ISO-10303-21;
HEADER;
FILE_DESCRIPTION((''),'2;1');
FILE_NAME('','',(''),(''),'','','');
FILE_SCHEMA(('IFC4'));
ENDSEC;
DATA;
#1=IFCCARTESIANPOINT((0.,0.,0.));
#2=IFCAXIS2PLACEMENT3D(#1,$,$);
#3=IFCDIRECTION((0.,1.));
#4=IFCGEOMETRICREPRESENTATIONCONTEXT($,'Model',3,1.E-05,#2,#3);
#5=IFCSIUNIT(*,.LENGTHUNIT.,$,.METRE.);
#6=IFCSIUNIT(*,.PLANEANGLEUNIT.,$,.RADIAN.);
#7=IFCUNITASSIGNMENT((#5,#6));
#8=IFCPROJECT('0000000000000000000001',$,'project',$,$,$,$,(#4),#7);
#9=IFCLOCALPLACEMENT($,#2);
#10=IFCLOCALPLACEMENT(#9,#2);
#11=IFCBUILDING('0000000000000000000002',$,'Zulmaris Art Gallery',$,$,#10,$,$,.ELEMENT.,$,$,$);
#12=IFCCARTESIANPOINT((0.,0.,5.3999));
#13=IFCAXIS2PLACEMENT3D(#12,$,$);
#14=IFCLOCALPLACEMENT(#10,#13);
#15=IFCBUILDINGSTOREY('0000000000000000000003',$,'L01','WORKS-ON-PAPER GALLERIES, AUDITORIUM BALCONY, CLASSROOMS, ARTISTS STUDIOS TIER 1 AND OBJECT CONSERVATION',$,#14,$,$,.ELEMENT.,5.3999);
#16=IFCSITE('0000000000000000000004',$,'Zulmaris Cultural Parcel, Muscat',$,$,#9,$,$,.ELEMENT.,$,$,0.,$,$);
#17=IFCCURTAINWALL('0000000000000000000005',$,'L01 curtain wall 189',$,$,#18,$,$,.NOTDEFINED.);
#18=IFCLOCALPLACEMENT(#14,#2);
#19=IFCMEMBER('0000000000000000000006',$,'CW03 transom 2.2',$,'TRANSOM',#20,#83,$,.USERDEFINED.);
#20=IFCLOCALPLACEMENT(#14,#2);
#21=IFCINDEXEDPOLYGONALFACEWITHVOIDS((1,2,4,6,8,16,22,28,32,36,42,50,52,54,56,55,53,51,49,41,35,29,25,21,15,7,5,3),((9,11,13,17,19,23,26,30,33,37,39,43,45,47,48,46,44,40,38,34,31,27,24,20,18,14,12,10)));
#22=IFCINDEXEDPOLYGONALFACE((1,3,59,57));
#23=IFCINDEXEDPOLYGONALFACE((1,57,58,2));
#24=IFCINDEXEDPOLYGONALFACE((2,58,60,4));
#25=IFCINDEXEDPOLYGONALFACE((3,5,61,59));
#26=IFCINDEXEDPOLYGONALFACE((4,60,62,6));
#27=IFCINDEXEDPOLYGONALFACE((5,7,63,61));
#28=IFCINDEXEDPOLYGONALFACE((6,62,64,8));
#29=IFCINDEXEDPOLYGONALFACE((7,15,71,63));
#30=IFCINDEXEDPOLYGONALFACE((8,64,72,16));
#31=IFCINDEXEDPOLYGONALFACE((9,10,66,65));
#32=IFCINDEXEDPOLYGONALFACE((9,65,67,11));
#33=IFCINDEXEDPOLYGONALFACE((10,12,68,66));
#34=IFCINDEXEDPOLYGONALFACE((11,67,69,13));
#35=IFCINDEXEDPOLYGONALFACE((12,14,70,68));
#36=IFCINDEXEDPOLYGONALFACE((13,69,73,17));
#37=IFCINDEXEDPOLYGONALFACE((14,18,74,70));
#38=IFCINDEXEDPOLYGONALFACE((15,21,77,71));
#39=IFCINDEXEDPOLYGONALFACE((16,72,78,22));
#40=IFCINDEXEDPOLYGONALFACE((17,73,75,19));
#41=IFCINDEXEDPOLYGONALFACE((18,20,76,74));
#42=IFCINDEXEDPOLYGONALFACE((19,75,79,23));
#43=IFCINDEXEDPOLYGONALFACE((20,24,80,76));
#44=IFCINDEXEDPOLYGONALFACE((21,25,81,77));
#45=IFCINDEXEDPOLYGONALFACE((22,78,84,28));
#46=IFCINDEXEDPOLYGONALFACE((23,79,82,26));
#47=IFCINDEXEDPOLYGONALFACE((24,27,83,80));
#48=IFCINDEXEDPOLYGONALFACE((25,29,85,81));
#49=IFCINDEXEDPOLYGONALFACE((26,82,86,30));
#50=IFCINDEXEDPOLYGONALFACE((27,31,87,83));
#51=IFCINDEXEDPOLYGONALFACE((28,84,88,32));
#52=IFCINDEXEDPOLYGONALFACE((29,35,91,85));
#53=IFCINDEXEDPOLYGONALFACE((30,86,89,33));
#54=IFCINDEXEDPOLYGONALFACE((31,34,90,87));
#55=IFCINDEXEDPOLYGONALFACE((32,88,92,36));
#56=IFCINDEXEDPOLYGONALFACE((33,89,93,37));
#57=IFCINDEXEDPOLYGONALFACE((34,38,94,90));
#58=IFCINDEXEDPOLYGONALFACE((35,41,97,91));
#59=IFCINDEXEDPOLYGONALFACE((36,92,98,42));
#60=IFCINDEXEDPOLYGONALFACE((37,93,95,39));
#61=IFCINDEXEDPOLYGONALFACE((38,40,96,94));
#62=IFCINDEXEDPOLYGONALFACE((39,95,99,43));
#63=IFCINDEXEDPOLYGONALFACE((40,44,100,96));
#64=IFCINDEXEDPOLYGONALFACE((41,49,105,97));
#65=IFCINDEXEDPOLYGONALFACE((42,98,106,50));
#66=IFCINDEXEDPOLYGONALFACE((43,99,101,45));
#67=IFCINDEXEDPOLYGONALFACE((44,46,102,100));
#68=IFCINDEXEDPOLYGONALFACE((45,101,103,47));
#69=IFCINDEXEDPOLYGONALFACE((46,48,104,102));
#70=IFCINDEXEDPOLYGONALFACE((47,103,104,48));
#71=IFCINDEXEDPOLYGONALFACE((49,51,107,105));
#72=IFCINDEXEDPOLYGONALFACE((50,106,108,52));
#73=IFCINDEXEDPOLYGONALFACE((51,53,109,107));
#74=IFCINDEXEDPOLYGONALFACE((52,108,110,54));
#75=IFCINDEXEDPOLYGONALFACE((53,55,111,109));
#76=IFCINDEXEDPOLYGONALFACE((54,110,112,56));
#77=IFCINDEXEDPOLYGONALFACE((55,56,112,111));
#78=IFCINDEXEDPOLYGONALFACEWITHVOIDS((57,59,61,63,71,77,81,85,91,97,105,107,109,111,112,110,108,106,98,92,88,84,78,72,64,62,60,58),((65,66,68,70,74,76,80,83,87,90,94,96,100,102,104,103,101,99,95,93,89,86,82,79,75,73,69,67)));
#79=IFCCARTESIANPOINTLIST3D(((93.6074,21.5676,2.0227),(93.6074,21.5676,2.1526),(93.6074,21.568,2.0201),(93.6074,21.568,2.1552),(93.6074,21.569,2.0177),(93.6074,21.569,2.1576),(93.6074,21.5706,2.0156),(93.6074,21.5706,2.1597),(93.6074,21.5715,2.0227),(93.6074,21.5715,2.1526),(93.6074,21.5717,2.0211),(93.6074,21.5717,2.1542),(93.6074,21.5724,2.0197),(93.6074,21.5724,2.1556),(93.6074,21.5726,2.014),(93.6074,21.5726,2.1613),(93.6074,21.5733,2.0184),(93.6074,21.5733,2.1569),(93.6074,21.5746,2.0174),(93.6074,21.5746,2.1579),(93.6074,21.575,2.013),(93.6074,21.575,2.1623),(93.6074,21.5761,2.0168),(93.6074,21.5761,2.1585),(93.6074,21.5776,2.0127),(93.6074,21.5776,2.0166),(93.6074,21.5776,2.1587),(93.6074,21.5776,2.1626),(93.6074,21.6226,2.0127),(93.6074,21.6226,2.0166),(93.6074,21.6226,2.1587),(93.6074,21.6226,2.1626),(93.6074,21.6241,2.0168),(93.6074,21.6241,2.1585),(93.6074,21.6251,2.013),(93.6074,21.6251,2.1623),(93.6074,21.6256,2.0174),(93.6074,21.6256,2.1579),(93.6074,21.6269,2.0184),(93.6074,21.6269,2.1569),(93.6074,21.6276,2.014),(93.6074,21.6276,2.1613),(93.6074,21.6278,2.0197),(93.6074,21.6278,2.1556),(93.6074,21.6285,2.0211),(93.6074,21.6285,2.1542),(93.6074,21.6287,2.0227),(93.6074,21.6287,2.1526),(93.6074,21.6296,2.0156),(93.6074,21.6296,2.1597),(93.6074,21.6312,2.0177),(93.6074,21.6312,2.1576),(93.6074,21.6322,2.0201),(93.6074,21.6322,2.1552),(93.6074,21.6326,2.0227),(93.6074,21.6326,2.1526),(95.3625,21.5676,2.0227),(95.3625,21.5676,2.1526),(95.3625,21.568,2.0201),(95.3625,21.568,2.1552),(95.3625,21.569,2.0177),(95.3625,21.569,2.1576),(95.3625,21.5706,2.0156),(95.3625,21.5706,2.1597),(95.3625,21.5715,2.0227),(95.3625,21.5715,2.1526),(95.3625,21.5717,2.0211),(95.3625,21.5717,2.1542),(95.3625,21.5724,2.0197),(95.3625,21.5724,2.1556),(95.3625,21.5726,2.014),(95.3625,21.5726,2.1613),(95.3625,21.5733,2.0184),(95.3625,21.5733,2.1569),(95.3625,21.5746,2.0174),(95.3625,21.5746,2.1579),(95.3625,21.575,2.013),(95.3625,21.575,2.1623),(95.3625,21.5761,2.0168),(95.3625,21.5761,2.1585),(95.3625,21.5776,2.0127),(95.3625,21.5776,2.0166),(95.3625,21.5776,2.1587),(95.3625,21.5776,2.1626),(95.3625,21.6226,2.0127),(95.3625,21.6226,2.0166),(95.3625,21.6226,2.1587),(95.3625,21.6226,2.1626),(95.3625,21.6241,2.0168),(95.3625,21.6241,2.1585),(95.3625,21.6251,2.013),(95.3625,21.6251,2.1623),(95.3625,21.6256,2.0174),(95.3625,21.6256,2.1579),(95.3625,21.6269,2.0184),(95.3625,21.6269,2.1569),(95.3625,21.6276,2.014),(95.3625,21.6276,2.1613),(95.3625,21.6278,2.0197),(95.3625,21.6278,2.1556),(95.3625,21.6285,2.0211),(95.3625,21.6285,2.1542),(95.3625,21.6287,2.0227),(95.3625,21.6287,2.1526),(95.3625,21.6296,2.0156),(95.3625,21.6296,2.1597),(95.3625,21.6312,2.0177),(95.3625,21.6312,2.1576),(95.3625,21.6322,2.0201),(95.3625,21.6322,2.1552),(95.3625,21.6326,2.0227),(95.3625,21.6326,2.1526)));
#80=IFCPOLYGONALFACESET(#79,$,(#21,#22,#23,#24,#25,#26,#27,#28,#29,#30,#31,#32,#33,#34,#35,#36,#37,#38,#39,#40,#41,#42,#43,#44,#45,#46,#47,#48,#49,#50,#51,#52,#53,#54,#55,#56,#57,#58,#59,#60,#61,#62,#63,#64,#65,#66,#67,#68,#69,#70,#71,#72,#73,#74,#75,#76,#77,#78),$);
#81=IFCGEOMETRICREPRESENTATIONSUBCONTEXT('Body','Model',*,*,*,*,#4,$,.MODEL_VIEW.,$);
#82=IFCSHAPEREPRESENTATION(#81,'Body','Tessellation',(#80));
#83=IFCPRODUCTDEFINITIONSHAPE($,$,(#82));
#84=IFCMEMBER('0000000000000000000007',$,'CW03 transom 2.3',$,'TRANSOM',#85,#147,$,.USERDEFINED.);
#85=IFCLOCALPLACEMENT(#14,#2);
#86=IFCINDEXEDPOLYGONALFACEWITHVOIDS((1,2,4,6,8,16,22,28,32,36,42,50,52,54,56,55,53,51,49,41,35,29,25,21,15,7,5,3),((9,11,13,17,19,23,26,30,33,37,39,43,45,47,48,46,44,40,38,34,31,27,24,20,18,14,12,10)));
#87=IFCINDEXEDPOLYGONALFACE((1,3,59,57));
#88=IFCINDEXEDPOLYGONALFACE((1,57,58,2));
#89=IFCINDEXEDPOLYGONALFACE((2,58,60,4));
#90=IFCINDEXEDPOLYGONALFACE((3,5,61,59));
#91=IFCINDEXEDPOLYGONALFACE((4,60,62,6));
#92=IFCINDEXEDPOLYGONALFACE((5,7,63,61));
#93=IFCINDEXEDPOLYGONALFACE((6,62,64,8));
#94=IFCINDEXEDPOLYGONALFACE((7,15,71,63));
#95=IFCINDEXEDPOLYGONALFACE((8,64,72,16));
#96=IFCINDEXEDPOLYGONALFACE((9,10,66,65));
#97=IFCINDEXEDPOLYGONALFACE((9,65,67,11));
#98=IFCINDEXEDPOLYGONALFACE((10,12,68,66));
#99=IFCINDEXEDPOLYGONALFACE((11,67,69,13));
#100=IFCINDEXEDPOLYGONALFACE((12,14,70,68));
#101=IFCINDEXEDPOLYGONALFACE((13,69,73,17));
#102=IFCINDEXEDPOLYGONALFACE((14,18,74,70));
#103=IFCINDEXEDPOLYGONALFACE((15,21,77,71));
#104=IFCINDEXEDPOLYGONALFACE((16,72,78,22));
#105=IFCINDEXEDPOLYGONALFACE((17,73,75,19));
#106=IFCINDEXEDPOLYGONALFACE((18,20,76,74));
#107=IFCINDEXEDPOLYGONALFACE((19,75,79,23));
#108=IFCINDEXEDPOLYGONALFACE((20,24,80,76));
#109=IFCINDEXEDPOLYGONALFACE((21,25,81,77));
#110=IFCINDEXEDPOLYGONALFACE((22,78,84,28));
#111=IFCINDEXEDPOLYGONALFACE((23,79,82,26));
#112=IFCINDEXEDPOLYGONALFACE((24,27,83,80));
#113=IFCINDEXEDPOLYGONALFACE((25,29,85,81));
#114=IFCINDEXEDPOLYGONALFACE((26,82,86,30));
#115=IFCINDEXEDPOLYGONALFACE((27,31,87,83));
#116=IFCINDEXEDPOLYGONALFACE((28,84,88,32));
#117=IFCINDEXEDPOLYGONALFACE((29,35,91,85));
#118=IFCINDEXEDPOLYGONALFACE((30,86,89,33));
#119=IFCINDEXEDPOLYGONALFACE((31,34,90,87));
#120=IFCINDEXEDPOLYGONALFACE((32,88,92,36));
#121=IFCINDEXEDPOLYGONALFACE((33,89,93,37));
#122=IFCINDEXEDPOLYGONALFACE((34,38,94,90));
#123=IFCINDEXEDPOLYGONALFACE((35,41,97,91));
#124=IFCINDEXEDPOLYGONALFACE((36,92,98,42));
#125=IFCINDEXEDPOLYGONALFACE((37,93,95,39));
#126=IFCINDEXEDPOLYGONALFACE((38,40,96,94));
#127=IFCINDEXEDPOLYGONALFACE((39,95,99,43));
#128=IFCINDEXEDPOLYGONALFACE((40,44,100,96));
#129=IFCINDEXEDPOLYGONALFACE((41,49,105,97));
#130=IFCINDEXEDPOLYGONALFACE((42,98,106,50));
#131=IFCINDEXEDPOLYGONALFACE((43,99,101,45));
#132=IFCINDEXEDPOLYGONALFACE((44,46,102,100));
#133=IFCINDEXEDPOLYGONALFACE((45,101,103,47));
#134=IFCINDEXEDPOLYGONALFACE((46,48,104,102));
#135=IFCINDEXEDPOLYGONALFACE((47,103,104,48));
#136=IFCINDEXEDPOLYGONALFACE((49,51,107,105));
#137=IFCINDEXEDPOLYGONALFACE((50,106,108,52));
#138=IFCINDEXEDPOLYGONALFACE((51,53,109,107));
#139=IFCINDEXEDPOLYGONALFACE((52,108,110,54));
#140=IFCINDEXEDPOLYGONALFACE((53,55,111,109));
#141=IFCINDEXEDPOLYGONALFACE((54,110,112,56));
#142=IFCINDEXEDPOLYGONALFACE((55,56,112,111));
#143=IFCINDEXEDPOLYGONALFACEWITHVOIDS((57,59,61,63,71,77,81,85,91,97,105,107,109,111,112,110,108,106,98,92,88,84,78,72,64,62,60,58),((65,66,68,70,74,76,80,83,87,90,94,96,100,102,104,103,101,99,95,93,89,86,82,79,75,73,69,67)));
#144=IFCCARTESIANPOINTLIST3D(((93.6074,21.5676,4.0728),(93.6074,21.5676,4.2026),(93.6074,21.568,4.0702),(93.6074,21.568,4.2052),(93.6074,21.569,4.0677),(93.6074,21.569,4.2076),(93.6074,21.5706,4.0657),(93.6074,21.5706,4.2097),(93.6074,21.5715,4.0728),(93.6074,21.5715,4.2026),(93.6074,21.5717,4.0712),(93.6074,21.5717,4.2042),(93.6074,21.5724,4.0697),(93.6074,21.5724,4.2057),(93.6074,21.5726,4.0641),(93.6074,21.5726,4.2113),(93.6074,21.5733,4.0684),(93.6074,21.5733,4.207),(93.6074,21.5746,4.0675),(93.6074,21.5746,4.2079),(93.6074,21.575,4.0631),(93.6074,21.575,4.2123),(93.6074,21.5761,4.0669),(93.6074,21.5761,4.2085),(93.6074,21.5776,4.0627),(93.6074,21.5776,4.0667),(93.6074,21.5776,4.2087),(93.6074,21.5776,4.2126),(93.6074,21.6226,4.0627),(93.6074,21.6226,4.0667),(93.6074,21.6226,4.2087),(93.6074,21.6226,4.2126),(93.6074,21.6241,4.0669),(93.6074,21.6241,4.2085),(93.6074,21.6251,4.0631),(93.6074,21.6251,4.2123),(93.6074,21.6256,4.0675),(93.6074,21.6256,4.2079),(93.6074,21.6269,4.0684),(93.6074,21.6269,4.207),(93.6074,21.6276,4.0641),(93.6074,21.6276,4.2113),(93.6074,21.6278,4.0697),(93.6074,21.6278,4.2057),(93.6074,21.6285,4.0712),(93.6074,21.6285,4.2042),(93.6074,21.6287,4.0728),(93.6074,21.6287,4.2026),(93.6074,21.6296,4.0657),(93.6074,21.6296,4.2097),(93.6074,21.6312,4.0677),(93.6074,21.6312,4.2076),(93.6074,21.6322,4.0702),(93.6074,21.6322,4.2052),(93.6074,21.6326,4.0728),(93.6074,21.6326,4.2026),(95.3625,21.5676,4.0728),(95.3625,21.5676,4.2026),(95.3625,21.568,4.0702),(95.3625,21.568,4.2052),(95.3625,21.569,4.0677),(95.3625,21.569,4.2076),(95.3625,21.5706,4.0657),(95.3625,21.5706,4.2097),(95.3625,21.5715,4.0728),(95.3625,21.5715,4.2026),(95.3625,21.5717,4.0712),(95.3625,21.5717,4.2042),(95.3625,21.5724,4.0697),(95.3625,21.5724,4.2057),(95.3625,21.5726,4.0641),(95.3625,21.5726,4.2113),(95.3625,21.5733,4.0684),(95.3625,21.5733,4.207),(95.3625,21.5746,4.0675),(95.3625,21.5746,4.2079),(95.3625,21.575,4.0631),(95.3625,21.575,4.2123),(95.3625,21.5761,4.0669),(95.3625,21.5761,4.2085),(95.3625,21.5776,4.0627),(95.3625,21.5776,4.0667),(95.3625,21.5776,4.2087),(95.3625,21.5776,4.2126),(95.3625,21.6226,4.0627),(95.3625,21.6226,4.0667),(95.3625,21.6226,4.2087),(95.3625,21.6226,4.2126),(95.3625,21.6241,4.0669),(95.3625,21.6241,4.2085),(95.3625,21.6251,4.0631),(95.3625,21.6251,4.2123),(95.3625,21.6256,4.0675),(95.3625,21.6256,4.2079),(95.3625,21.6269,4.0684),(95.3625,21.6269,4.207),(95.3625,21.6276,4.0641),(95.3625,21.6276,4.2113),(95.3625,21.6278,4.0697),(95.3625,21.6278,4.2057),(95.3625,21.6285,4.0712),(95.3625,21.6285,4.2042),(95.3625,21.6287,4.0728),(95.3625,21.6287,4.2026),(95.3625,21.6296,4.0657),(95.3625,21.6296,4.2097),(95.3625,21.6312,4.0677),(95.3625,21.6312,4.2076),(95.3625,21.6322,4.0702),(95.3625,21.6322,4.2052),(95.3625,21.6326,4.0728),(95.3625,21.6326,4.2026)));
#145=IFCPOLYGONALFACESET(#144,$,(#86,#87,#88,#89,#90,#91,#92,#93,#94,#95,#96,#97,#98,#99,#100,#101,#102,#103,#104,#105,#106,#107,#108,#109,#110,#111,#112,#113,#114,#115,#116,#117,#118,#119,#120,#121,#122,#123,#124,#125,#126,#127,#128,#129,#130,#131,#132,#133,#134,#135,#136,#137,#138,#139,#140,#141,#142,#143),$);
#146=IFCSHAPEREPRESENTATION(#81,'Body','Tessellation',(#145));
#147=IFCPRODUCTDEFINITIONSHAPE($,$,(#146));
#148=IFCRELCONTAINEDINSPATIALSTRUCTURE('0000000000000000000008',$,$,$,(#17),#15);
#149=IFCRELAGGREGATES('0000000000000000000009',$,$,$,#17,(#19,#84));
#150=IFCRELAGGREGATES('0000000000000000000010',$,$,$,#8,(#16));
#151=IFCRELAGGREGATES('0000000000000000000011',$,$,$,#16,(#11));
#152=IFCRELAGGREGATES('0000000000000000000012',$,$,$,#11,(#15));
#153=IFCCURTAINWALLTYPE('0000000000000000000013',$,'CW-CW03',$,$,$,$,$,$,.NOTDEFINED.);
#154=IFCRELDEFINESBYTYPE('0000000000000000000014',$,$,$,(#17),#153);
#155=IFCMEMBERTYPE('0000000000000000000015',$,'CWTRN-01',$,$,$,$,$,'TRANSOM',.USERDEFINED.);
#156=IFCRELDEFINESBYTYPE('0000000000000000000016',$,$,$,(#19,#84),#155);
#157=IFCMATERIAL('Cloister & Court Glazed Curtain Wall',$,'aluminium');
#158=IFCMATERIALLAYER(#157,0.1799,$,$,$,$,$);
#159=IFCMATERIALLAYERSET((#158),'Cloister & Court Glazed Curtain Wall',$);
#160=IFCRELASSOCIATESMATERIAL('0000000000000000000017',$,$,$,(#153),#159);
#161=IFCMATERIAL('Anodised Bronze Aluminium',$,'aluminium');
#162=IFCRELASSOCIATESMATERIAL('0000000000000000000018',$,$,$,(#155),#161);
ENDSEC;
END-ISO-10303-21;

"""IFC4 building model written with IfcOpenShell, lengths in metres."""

from ifc_helpers import new_model, si_unit, direction, frame, origin, origin_2d, place, context, subcontext, project, spatial, hollow_rectangle, extrude, material, layer, layer_set, material_profile, profile_set, type_object, element, aggregate, save


model = new_model("IFC4")

# Units and contexts
model_context = context("Model", 3, precision=1e-05, world=origin(), true_north=direction((0.0, 1.0)))
body_context = subcontext(model_context, "Body", "Model", "MODEL_VIEW")
ifc_project = project(units=[si_unit("LENGTHUNIT", "METRE"), si_unit("PLANEANGLEUNIT", "RADIAN")], contexts=[model_context])

# Site, building, storey
site_placement = place(None, origin())
site = spatial("IfcSite", under=ifc_project, at=site_placement, Name="Zulmaris Cultural Parcel, Muscat", CompositionType="ELEMENT", RefElevation=0.0)
building_placement = place(site_placement, origin())
building = spatial("IfcBuilding", under=site, at=building_placement, Name="Zulmaris Art Gallery", CompositionType="ELEMENT")
storey_placement = place(building_placement, frame((0.0, 0.0, 5.3999)))
storey = spatial("IfcBuildingStorey", under=building, at=storey_placement, Name="L01", Description="WORKS-ON-PAPER GALLERIES, AUDITORIUM BALCONY, CLASSROOMS, ARTISTS STUDIOS TIER 1 AND OBJECT CONSERVATION", CompositionType="ELEMENT", Elevation=5.3999)

# Curtain wall, members
ifc_material_1 = material(Name="Cloister & Court Glazed Curtain Wall", Category="aluminium")
ifc_layer_1 = layer(ifc_material_1, 0.1799)
ifc_layer_set_1 = layer_set([ifc_layer_1], Name="Cloister & Court Glazed Curtain Wall")
curtain_wall_type = type_object("IfcCurtainWallType", Name="CW-CW03", PredefinedType="NOTDEFINED", material=ifc_layer_set_1)
curtain_wall_placement = place(storey_placement, origin())
curtain_wall = element("IfcCurtainWall", 1, at=curtain_wall_placement, inside=storey, type_object=curtain_wall_type, Name="L01 curtain wall 189", PredefinedType="NOTDEFINED")
ifc_material_2 = material(Name="Anodised Bronze Aluminium", Category="aluminium")
ifc_material_profile_1 = material_profile(ifc_material_2, hollow_rectangle(XDim=0.0649, YDim=0.1499, WallThickness=0.0039, InnerFilletRadius=0.0061, OuterFilletRadius=0.01, at=origin_2d()), Name="ALU 65x150x4")
ifc_profile_set_1 = profile_set([ifc_material_profile_1], Name="Anodised Bronze Aluminium")
member_type_1 = type_object("IfcMemberType", Name="CWTRN-01", ElementType="TRANSOM", PredefinedType="USERDEFINED", material=ifc_profile_set_1)
member_1_placement = place(storey_placement, frame((93.6074, 21.6001, 2.0876), z_axis=(1.0, 0.0, 0.0), x_axis=(0.0, 1.0, 0.0)))
member_1 = element("IfcMember", 2, at=member_1_placement, type_object=member_type_1, Name="CW03 transom 2.2", ObjectType="TRANSOM", PredefinedType="USERDEFINED", context=body_context, shape_type="SweptSolid", body=[
    extrude(hollow_rectangle(XDim=0.0649, YDim=0.1499, WallThickness=0.0039, InnerFilletRadius=0.0061, OuterFilletRadius=0.01, at=origin_2d()), origin(), (0.0, 0.0, 1.0), 1.7551),
])
member_2_placement = place(storey_placement, frame((93.6074, 21.6001, 4.1377), z_axis=(1.0, 0.0, 0.0), x_axis=(0.0, 1.0, 0.0)))
member_2 = element("IfcMember", 3, at=member_2_placement, type_object=member_type_1, Name="CW03 transom 2.3", ObjectType="TRANSOM", PredefinedType="USERDEFINED", context=body_context, shape_type="SweptSolid", body=[
    extrude(hollow_rectangle(XDim=0.0649, YDim=0.1499, WallThickness=0.0039, InnerFilletRadius=0.0061, OuterFilletRadius=0.01, at=origin_2d()), origin(), (0.0, 0.0, 1.0), 1.7551),
])
aggregate(curtain_wall, [member_1, member_2])

save(model, "model.ifc")
